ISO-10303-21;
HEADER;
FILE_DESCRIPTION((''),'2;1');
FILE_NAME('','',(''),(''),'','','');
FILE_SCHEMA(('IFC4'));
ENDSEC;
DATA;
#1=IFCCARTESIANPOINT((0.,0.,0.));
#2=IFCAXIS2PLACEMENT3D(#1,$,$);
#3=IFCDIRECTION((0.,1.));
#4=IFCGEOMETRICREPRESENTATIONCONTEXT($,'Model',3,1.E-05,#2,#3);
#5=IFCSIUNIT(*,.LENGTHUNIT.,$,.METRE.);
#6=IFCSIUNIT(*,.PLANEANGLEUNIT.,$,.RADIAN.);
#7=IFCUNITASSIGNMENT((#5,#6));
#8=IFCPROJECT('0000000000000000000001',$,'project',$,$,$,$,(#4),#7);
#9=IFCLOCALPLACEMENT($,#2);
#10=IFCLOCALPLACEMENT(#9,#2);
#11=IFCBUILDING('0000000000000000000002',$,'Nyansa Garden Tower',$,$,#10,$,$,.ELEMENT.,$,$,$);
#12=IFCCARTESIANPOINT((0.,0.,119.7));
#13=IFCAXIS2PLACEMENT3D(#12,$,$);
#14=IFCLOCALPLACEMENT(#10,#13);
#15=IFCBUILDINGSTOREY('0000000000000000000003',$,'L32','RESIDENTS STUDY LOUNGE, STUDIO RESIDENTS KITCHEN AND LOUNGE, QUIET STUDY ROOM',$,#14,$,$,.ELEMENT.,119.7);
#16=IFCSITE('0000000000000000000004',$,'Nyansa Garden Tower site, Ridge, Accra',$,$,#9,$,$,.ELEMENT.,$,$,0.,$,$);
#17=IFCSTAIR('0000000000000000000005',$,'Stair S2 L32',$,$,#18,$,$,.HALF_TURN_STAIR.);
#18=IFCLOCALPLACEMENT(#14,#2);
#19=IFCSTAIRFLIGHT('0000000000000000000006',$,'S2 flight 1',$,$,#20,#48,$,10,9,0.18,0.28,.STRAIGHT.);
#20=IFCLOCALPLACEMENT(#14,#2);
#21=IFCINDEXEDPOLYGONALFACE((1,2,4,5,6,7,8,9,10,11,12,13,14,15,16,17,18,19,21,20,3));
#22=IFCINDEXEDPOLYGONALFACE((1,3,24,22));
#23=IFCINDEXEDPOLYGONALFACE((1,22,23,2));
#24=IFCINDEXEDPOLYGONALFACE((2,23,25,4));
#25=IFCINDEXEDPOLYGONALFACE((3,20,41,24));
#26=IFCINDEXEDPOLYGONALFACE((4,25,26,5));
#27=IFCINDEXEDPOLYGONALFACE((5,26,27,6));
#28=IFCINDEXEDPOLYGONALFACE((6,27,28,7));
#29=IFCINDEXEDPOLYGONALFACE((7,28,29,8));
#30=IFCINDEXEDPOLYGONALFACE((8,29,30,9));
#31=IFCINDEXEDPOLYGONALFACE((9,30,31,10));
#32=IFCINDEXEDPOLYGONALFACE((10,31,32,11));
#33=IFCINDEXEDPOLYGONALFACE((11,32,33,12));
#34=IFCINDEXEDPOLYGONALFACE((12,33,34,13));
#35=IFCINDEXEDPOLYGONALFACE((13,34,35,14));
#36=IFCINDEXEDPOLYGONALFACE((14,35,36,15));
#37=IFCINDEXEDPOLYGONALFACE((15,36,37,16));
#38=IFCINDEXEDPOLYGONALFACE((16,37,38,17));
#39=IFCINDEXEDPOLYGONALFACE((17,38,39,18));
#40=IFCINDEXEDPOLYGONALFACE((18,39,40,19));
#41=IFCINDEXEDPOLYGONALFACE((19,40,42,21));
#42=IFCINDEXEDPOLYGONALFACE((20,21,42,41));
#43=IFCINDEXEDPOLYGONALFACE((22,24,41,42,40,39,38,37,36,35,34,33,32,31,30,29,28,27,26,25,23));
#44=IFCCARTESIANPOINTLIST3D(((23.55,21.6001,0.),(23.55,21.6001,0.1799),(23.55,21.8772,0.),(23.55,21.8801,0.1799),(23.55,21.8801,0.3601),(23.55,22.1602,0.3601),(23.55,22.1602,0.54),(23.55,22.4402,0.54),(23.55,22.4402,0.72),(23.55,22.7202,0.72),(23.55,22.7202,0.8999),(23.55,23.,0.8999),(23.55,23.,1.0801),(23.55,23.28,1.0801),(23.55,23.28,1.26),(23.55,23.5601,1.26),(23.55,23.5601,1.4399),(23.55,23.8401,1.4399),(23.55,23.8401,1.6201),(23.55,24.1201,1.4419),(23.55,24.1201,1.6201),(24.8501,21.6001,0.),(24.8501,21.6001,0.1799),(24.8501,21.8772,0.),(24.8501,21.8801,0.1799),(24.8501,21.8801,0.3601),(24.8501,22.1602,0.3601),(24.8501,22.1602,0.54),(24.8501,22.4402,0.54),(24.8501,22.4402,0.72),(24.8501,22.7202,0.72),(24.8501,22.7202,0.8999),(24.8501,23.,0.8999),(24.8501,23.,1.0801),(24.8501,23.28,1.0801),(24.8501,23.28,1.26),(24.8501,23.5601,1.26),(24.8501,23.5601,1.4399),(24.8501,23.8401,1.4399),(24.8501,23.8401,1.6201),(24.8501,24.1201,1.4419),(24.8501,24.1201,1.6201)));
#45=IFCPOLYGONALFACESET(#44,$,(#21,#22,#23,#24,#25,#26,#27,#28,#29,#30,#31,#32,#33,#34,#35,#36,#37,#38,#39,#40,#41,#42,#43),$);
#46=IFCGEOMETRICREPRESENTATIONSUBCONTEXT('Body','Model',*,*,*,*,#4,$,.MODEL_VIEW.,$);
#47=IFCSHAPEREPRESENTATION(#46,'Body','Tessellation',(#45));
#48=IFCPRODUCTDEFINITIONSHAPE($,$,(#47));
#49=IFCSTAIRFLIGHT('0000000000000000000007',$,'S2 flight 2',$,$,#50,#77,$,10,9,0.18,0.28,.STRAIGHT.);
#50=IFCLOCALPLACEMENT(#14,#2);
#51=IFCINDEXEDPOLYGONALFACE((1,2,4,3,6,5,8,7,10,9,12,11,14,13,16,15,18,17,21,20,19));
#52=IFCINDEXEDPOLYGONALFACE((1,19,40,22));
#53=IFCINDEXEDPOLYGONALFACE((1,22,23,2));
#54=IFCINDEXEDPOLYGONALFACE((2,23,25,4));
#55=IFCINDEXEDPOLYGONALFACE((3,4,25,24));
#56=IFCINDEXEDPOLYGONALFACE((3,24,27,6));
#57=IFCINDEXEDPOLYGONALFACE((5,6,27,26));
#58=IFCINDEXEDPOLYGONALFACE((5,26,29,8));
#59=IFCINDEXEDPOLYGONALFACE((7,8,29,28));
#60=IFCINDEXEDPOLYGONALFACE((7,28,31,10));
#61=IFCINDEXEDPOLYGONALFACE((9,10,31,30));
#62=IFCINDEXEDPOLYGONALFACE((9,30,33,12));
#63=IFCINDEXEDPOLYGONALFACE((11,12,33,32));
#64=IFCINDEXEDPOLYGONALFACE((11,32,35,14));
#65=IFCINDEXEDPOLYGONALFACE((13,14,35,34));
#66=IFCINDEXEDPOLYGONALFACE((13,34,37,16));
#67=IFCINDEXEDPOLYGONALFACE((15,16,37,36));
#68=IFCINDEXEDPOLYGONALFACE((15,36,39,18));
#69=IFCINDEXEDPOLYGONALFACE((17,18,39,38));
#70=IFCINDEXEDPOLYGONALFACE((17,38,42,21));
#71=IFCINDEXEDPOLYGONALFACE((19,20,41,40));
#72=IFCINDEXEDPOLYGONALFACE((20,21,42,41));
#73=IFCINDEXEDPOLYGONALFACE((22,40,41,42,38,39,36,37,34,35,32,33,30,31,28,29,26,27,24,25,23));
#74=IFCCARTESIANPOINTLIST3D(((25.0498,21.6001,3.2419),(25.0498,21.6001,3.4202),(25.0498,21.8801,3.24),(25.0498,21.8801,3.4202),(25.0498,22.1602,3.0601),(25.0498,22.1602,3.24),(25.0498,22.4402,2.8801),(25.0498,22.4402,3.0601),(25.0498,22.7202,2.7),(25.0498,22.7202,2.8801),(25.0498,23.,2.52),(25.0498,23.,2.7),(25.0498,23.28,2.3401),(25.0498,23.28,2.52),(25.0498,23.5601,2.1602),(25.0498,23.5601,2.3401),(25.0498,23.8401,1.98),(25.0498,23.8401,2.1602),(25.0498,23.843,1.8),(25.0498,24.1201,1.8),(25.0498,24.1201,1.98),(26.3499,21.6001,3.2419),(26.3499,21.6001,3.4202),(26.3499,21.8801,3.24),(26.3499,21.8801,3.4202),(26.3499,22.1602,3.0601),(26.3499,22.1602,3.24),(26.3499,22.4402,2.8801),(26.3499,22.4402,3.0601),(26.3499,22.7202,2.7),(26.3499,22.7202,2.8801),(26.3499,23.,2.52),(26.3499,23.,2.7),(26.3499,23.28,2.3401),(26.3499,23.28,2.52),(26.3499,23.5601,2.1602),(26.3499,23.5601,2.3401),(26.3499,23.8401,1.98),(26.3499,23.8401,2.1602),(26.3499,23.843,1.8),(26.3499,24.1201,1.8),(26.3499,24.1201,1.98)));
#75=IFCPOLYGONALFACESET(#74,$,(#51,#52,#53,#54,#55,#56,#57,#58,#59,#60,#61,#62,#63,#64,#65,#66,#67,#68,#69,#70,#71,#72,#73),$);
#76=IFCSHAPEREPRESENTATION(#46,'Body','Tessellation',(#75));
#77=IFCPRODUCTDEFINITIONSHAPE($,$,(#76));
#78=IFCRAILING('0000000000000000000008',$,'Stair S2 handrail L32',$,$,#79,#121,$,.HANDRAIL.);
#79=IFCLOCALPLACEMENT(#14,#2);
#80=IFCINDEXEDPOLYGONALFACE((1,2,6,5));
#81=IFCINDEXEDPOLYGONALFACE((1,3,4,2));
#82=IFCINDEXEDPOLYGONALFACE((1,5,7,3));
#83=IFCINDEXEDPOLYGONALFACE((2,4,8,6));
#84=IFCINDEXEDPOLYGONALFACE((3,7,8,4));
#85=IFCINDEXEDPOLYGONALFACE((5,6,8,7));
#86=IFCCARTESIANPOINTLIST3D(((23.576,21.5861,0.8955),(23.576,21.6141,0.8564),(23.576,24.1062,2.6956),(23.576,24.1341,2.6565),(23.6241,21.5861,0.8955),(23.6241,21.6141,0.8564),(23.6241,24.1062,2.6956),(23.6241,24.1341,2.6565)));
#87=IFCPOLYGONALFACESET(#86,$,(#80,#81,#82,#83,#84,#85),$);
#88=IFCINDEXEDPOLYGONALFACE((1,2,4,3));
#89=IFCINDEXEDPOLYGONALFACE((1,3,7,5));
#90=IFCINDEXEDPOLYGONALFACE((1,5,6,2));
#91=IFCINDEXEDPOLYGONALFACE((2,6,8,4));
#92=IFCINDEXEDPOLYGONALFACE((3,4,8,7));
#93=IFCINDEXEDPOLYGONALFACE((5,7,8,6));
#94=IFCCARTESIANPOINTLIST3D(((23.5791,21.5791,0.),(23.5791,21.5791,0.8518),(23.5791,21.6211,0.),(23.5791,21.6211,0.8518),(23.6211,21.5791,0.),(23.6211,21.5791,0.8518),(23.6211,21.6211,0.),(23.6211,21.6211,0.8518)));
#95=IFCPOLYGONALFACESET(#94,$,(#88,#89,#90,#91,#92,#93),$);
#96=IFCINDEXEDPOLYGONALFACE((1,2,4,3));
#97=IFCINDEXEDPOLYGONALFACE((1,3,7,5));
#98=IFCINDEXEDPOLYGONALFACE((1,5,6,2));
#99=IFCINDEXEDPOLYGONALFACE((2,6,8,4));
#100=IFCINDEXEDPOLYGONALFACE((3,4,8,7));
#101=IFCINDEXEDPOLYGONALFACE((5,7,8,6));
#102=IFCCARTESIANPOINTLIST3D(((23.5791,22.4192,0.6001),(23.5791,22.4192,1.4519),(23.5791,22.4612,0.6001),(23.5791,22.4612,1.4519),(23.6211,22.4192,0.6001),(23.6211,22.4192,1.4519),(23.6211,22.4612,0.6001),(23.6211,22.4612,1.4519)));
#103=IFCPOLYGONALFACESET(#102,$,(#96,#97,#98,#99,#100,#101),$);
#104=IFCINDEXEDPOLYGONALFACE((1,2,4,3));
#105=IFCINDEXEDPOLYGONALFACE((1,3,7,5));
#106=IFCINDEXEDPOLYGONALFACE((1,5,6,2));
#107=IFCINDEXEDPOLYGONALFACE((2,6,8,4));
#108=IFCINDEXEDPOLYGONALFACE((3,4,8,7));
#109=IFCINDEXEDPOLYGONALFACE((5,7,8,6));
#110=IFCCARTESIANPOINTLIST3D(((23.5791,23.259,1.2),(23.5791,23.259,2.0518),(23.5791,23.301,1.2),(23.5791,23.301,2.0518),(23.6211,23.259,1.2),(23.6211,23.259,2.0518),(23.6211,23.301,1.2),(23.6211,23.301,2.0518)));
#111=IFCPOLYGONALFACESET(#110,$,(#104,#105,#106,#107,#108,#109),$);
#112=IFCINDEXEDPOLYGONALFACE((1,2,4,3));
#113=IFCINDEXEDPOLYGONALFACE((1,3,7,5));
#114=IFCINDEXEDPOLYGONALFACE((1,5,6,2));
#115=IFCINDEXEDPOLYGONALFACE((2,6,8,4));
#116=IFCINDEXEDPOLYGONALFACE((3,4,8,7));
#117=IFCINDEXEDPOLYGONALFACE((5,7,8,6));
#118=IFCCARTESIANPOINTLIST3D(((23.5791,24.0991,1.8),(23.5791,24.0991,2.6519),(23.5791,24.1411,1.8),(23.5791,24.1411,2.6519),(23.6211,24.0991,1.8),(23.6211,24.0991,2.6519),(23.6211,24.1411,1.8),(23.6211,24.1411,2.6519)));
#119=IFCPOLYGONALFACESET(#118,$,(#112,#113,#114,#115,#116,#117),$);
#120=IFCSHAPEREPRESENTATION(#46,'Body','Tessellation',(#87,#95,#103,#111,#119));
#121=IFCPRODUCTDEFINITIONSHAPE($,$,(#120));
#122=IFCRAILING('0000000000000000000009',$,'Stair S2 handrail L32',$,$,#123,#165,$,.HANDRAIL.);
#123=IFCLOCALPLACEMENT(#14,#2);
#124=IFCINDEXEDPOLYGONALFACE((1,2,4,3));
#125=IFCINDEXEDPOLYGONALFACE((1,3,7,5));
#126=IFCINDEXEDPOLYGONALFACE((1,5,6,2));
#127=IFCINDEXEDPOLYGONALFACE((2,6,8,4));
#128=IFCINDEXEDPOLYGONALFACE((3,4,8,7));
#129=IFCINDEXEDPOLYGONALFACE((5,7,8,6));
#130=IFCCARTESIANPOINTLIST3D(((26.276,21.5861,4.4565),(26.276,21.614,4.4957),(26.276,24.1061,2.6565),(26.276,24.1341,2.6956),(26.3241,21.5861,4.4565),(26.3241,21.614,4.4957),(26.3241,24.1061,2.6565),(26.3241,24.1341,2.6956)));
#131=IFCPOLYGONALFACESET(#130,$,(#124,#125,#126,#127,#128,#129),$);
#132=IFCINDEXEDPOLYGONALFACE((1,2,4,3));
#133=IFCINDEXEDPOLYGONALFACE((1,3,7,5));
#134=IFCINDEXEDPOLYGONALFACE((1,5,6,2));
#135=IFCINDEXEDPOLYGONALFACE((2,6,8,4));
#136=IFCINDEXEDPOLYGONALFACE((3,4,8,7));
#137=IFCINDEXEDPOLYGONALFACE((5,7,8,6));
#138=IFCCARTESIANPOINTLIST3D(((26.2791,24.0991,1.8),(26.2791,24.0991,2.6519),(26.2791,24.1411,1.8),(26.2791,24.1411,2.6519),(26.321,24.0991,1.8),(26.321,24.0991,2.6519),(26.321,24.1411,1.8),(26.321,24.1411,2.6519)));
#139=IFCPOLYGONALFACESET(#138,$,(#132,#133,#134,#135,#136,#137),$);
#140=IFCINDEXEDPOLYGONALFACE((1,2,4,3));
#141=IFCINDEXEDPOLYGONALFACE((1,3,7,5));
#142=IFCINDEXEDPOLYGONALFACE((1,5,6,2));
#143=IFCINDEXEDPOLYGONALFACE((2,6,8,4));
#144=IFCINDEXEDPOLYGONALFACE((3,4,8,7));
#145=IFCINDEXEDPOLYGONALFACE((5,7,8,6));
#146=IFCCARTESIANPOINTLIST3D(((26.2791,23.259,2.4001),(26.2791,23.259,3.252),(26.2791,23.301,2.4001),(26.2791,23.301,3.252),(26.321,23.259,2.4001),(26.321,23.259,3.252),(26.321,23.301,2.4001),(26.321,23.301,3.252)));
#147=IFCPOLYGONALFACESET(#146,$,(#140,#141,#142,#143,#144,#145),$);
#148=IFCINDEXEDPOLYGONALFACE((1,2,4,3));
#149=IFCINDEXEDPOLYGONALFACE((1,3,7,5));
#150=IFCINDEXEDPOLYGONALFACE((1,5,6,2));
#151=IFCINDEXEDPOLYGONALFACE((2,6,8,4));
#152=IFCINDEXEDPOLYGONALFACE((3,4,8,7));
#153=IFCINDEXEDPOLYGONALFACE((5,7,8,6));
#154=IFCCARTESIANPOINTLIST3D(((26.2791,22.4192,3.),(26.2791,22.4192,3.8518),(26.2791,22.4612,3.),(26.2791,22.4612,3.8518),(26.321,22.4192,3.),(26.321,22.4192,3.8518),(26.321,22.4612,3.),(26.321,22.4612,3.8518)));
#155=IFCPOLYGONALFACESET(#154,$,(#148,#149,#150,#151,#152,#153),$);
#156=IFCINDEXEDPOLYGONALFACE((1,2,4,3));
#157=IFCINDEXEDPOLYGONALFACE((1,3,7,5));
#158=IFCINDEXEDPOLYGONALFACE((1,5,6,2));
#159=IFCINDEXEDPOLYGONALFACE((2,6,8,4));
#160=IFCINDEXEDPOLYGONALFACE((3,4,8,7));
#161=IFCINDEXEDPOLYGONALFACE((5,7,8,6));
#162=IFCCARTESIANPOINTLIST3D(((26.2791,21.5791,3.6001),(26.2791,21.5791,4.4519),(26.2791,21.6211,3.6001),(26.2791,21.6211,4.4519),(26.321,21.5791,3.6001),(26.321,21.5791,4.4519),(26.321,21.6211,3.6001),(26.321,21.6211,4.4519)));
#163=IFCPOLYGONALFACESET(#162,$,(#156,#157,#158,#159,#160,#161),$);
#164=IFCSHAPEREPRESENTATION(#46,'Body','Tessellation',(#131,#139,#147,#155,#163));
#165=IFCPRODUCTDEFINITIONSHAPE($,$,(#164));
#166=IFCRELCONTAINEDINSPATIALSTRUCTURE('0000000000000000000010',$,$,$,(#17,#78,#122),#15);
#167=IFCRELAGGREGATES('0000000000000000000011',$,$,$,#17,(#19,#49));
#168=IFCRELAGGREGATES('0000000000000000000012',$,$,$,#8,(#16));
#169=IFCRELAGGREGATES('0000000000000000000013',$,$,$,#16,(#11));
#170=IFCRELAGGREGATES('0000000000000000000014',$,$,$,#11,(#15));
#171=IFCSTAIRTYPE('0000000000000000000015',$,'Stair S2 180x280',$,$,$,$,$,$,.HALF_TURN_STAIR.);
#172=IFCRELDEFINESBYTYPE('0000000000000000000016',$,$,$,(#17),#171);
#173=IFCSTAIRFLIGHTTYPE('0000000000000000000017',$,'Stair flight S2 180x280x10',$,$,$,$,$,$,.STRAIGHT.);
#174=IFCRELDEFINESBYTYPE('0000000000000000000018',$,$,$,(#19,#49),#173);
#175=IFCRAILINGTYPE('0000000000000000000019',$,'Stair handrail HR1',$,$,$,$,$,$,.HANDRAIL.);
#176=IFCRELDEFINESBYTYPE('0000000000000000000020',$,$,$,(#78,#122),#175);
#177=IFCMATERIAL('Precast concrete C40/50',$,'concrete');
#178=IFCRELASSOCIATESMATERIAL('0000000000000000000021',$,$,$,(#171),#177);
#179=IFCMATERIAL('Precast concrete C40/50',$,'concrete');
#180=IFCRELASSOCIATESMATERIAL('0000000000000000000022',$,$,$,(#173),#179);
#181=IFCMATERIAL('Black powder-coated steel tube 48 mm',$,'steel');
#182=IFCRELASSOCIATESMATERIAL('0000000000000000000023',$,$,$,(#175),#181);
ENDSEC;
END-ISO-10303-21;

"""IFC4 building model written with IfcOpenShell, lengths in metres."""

from ifc_helpers import new_model, si_unit, direction, frame, origin, origin_2d, place, context, subcontext, project, spatial, polyline, rectangle, outline, extrude, material, type_object, element, aggregate, save


model = new_model("IFC4")

# Units and contexts
model_context = context("Model", 3, precision=1e-05, world=origin(), true_north=direction((0.0, 1.0)))
body_context = subcontext(model_context, "Body", "Model", "MODEL_VIEW")
ifc_project = project(units=[si_unit("LENGTHUNIT", "METRE"), si_unit("PLANEANGLEUNIT", "RADIAN")], contexts=[model_context])

# Site, building, storey
site_placement = place(None, origin())
site = spatial("IfcSite", under=ifc_project, at=site_placement, Name="Nyansa Garden Tower site, Ridge, Accra", CompositionType="ELEMENT", RefElevation=0.0)
building_placement = place(site_placement, origin())
building = spatial("IfcBuilding", under=site, at=building_placement, Name="Nyansa Garden Tower", CompositionType="ELEMENT")
storey_placement = place(building_placement, frame((0.0, 0.0, 119.7)))
storey = spatial("IfcBuildingStorey", under=building, at=storey_placement, Name="L32", Description="RESIDENTS STUDY LOUNGE, STUDIO RESIDENTS KITCHEN AND LOUNGE, QUIET STUDY ROOM", CompositionType="ELEMENT", Elevation=119.7)

# Stair, stair flights
ifc_material_1 = material(Name="Precast concrete C40/50", Category="concrete")
stair_type = type_object("IfcStairType", Name="Stair S2 180x280", PredefinedType="HALF_TURN_STAIR", material=ifc_material_1)
stair_placement = place(storey_placement, origin())
stair = element("IfcStair", 1, at=stair_placement, inside=storey, type_object=stair_type, Name="Stair S2 L32", PredefinedType="HALF_TURN_STAIR")
ifc_material_2 = material(Name="Precast concrete C40/50", Category="concrete")
stair_flight_type = type_object("IfcStairFlightType", Name="Stair flight S2 180x280x10", PredefinedType="STRAIGHT", material=ifc_material_2)
stair_flight_1_placement = place(storey_placement, frame((24.2, 21.6001, 0.0), z_axis=(0.0, 0.0, 1.0), x_axis=(0.0, 1.0, 0.0)))
stair_flight_1 = element("IfcStairFlight", 2, at=stair_flight_1_placement, type_object=stair_flight_type, Name="S2 flight 1", NumberOfRisers=10, NumberOfTreads=9, PredefinedType="STRAIGHT", RiserHeight=0.18, TreadLength=0.28, context=body_context, shape_type="SweptSolid", body=[
    extrude(outline(polyline([(0.0, 0.0), (0.0, 0.1799), (0.28, 0.1799), (0.28, 0.3601), (0.5601, 0.3601), (0.5601, 0.54), (0.8401, 0.54), (0.8401, 0.72), (1.1201, 0.72), (1.1201, 0.8999), (1.3999, 0.8999), (1.3999, 1.0801), (1.6799, 1.0801), (1.6799, 1.26), (1.96, 1.26), (1.96, 1.4399), (2.24, 1.4399), (2.24, 1.6201), (2.52, 1.6201), (2.52, 1.8), (2.52, 1.4419), (0.2771, 0.0), (0.0, 0.0)])), frame((0.0, 0.6499, 0.0), z_axis=(0.0, -1.0, 0.0), x_axis=(1.0, 0.0, 0.0)), (0.0, 0.0, 1.0), 1.3),
])
stair_flight_2_placement = place(storey_placement, frame((25.7, 24.1201, 1.8), z_axis=(0.0, 0.0, 1.0), x_axis=(0.0, -1.0, 0.0)))
stair_flight_2 = element("IfcStairFlight", 3, at=stair_flight_2_placement, type_object=stair_flight_type, Name="S2 flight 2", NumberOfRisers=10, NumberOfTreads=9, PredefinedType="STRAIGHT", RiserHeight=0.18, TreadLength=0.28, context=body_context, shape_type="SweptSolid", body=[
    extrude(outline(polyline([(0.0, 0.0), (0.0, 0.1799), (0.28, 0.1799), (0.28, 0.3601), (0.5601, 0.3601), (0.5601, 0.54), (0.8401, 0.54), (0.8401, 0.72), (1.1201, 0.72), (1.1201, 0.8999), (1.3999, 0.8999), (1.3999, 1.0801), (1.6799, 1.0801), (1.6799, 1.26), (1.96, 1.26), (1.96, 1.4399), (2.24, 1.4399), (2.24, 1.6201), (2.52, 1.6201), (2.52, 1.8), (2.52, 1.4419), (0.2771, 0.0), (0.0, 0.0)])), frame((0.0, 0.6499, 0.0), z_axis=(0.0, -1.0, 0.0), x_axis=(1.0, 0.0, 0.0)), (0.0, 0.0, 1.0), 1.3),
])
aggregate(stair, [stair_flight_1, stair_flight_2])

# Railings
ifc_material_3 = material(Name="Black powder-coated steel tube 48 mm", Category="steel")
railing_type = type_object("IfcRailingType", Name="Stair handrail HR1", PredefinedType="HANDRAIL", material=ifc_material_3)
railing_1_placement = place(storey_placement, frame((23.6001, 21.6001, 0.0)))
element("IfcRailing", 4, at=railing_1_placement, inside=storey, type_object=railing_type, Name="Stair S2 handrail L32", PredefinedType="HANDRAIL", context=body_context, shape_type="SweptSolid", body=[
    extrude(rectangle(XDim=0.0481, YDim=0.0481, at=origin_2d()), frame((0.0, 0.0, 0.876), z_axis=(0.0, 0.813728, 0.581246), x_axis=(-1.0, 0.0, 0.0)), (0.0, 0.0, 1.0), 3.0969),
    extrude(rectangle(XDim=0.042, YDim=0.042, at=origin_2d()), origin(), (0.0, 0.0, 1.0), 0.8518),
    extrude(rectangle(XDim=0.042, YDim=0.042, at=origin_2d()), frame((0.0, 0.8401, 0.6001)), (0.0, 0.0, 1.0), 0.8518),
    extrude(rectangle(XDim=0.042, YDim=0.042, at=origin_2d()), frame((0.0, 1.6799, 1.2)), (0.0, 0.0, 1.0), 0.8518),
    extrude(rectangle(XDim=0.042, YDim=0.042, at=origin_2d()), frame((0.0, 2.52, 1.8)), (0.0, 0.0, 1.0), 0.8518),
])
railing_2_placement = place(storey_placement, frame((26.3, 24.1201, 1.8)))
element("IfcRailing", 5, at=railing_2_placement, inside=storey, type_object=railing_type, Name="Stair S2 handrail L32", PredefinedType="HANDRAIL", context=body_context, shape_type="SweptSolid", body=[
    extrude(rectangle(XDim=0.0481, YDim=0.0481, at=origin_2d()), frame((0.0, 0.0, 0.876), z_axis=(0.0, -0.813728, 0.581246), x_axis=(1.0, 0.0, 0.0)), (0.0, 0.0, 1.0), 3.0969),
    extrude(rectangle(XDim=0.042, YDim=0.042, at=origin_2d()), origin(), (0.0, 0.0, 1.0), 0.8518),
    extrude(rectangle(XDim=0.042, YDim=0.042, at=origin_2d()), frame((0.0, -0.8401, 0.6001)), (0.0, 0.0, 1.0), 0.8518),
    extrude(rectangle(XDim=0.042, YDim=0.042, at=origin_2d()), frame((0.0, -1.6799, 1.2)), (0.0, 0.0, 1.0), 0.8518),
    extrude(rectangle(XDim=0.042, YDim=0.042, at=origin_2d()), frame((0.0, -2.52, 1.8)), (0.0, 0.0, 1.0), 0.8518),
])

save(model, "model.ifc")
